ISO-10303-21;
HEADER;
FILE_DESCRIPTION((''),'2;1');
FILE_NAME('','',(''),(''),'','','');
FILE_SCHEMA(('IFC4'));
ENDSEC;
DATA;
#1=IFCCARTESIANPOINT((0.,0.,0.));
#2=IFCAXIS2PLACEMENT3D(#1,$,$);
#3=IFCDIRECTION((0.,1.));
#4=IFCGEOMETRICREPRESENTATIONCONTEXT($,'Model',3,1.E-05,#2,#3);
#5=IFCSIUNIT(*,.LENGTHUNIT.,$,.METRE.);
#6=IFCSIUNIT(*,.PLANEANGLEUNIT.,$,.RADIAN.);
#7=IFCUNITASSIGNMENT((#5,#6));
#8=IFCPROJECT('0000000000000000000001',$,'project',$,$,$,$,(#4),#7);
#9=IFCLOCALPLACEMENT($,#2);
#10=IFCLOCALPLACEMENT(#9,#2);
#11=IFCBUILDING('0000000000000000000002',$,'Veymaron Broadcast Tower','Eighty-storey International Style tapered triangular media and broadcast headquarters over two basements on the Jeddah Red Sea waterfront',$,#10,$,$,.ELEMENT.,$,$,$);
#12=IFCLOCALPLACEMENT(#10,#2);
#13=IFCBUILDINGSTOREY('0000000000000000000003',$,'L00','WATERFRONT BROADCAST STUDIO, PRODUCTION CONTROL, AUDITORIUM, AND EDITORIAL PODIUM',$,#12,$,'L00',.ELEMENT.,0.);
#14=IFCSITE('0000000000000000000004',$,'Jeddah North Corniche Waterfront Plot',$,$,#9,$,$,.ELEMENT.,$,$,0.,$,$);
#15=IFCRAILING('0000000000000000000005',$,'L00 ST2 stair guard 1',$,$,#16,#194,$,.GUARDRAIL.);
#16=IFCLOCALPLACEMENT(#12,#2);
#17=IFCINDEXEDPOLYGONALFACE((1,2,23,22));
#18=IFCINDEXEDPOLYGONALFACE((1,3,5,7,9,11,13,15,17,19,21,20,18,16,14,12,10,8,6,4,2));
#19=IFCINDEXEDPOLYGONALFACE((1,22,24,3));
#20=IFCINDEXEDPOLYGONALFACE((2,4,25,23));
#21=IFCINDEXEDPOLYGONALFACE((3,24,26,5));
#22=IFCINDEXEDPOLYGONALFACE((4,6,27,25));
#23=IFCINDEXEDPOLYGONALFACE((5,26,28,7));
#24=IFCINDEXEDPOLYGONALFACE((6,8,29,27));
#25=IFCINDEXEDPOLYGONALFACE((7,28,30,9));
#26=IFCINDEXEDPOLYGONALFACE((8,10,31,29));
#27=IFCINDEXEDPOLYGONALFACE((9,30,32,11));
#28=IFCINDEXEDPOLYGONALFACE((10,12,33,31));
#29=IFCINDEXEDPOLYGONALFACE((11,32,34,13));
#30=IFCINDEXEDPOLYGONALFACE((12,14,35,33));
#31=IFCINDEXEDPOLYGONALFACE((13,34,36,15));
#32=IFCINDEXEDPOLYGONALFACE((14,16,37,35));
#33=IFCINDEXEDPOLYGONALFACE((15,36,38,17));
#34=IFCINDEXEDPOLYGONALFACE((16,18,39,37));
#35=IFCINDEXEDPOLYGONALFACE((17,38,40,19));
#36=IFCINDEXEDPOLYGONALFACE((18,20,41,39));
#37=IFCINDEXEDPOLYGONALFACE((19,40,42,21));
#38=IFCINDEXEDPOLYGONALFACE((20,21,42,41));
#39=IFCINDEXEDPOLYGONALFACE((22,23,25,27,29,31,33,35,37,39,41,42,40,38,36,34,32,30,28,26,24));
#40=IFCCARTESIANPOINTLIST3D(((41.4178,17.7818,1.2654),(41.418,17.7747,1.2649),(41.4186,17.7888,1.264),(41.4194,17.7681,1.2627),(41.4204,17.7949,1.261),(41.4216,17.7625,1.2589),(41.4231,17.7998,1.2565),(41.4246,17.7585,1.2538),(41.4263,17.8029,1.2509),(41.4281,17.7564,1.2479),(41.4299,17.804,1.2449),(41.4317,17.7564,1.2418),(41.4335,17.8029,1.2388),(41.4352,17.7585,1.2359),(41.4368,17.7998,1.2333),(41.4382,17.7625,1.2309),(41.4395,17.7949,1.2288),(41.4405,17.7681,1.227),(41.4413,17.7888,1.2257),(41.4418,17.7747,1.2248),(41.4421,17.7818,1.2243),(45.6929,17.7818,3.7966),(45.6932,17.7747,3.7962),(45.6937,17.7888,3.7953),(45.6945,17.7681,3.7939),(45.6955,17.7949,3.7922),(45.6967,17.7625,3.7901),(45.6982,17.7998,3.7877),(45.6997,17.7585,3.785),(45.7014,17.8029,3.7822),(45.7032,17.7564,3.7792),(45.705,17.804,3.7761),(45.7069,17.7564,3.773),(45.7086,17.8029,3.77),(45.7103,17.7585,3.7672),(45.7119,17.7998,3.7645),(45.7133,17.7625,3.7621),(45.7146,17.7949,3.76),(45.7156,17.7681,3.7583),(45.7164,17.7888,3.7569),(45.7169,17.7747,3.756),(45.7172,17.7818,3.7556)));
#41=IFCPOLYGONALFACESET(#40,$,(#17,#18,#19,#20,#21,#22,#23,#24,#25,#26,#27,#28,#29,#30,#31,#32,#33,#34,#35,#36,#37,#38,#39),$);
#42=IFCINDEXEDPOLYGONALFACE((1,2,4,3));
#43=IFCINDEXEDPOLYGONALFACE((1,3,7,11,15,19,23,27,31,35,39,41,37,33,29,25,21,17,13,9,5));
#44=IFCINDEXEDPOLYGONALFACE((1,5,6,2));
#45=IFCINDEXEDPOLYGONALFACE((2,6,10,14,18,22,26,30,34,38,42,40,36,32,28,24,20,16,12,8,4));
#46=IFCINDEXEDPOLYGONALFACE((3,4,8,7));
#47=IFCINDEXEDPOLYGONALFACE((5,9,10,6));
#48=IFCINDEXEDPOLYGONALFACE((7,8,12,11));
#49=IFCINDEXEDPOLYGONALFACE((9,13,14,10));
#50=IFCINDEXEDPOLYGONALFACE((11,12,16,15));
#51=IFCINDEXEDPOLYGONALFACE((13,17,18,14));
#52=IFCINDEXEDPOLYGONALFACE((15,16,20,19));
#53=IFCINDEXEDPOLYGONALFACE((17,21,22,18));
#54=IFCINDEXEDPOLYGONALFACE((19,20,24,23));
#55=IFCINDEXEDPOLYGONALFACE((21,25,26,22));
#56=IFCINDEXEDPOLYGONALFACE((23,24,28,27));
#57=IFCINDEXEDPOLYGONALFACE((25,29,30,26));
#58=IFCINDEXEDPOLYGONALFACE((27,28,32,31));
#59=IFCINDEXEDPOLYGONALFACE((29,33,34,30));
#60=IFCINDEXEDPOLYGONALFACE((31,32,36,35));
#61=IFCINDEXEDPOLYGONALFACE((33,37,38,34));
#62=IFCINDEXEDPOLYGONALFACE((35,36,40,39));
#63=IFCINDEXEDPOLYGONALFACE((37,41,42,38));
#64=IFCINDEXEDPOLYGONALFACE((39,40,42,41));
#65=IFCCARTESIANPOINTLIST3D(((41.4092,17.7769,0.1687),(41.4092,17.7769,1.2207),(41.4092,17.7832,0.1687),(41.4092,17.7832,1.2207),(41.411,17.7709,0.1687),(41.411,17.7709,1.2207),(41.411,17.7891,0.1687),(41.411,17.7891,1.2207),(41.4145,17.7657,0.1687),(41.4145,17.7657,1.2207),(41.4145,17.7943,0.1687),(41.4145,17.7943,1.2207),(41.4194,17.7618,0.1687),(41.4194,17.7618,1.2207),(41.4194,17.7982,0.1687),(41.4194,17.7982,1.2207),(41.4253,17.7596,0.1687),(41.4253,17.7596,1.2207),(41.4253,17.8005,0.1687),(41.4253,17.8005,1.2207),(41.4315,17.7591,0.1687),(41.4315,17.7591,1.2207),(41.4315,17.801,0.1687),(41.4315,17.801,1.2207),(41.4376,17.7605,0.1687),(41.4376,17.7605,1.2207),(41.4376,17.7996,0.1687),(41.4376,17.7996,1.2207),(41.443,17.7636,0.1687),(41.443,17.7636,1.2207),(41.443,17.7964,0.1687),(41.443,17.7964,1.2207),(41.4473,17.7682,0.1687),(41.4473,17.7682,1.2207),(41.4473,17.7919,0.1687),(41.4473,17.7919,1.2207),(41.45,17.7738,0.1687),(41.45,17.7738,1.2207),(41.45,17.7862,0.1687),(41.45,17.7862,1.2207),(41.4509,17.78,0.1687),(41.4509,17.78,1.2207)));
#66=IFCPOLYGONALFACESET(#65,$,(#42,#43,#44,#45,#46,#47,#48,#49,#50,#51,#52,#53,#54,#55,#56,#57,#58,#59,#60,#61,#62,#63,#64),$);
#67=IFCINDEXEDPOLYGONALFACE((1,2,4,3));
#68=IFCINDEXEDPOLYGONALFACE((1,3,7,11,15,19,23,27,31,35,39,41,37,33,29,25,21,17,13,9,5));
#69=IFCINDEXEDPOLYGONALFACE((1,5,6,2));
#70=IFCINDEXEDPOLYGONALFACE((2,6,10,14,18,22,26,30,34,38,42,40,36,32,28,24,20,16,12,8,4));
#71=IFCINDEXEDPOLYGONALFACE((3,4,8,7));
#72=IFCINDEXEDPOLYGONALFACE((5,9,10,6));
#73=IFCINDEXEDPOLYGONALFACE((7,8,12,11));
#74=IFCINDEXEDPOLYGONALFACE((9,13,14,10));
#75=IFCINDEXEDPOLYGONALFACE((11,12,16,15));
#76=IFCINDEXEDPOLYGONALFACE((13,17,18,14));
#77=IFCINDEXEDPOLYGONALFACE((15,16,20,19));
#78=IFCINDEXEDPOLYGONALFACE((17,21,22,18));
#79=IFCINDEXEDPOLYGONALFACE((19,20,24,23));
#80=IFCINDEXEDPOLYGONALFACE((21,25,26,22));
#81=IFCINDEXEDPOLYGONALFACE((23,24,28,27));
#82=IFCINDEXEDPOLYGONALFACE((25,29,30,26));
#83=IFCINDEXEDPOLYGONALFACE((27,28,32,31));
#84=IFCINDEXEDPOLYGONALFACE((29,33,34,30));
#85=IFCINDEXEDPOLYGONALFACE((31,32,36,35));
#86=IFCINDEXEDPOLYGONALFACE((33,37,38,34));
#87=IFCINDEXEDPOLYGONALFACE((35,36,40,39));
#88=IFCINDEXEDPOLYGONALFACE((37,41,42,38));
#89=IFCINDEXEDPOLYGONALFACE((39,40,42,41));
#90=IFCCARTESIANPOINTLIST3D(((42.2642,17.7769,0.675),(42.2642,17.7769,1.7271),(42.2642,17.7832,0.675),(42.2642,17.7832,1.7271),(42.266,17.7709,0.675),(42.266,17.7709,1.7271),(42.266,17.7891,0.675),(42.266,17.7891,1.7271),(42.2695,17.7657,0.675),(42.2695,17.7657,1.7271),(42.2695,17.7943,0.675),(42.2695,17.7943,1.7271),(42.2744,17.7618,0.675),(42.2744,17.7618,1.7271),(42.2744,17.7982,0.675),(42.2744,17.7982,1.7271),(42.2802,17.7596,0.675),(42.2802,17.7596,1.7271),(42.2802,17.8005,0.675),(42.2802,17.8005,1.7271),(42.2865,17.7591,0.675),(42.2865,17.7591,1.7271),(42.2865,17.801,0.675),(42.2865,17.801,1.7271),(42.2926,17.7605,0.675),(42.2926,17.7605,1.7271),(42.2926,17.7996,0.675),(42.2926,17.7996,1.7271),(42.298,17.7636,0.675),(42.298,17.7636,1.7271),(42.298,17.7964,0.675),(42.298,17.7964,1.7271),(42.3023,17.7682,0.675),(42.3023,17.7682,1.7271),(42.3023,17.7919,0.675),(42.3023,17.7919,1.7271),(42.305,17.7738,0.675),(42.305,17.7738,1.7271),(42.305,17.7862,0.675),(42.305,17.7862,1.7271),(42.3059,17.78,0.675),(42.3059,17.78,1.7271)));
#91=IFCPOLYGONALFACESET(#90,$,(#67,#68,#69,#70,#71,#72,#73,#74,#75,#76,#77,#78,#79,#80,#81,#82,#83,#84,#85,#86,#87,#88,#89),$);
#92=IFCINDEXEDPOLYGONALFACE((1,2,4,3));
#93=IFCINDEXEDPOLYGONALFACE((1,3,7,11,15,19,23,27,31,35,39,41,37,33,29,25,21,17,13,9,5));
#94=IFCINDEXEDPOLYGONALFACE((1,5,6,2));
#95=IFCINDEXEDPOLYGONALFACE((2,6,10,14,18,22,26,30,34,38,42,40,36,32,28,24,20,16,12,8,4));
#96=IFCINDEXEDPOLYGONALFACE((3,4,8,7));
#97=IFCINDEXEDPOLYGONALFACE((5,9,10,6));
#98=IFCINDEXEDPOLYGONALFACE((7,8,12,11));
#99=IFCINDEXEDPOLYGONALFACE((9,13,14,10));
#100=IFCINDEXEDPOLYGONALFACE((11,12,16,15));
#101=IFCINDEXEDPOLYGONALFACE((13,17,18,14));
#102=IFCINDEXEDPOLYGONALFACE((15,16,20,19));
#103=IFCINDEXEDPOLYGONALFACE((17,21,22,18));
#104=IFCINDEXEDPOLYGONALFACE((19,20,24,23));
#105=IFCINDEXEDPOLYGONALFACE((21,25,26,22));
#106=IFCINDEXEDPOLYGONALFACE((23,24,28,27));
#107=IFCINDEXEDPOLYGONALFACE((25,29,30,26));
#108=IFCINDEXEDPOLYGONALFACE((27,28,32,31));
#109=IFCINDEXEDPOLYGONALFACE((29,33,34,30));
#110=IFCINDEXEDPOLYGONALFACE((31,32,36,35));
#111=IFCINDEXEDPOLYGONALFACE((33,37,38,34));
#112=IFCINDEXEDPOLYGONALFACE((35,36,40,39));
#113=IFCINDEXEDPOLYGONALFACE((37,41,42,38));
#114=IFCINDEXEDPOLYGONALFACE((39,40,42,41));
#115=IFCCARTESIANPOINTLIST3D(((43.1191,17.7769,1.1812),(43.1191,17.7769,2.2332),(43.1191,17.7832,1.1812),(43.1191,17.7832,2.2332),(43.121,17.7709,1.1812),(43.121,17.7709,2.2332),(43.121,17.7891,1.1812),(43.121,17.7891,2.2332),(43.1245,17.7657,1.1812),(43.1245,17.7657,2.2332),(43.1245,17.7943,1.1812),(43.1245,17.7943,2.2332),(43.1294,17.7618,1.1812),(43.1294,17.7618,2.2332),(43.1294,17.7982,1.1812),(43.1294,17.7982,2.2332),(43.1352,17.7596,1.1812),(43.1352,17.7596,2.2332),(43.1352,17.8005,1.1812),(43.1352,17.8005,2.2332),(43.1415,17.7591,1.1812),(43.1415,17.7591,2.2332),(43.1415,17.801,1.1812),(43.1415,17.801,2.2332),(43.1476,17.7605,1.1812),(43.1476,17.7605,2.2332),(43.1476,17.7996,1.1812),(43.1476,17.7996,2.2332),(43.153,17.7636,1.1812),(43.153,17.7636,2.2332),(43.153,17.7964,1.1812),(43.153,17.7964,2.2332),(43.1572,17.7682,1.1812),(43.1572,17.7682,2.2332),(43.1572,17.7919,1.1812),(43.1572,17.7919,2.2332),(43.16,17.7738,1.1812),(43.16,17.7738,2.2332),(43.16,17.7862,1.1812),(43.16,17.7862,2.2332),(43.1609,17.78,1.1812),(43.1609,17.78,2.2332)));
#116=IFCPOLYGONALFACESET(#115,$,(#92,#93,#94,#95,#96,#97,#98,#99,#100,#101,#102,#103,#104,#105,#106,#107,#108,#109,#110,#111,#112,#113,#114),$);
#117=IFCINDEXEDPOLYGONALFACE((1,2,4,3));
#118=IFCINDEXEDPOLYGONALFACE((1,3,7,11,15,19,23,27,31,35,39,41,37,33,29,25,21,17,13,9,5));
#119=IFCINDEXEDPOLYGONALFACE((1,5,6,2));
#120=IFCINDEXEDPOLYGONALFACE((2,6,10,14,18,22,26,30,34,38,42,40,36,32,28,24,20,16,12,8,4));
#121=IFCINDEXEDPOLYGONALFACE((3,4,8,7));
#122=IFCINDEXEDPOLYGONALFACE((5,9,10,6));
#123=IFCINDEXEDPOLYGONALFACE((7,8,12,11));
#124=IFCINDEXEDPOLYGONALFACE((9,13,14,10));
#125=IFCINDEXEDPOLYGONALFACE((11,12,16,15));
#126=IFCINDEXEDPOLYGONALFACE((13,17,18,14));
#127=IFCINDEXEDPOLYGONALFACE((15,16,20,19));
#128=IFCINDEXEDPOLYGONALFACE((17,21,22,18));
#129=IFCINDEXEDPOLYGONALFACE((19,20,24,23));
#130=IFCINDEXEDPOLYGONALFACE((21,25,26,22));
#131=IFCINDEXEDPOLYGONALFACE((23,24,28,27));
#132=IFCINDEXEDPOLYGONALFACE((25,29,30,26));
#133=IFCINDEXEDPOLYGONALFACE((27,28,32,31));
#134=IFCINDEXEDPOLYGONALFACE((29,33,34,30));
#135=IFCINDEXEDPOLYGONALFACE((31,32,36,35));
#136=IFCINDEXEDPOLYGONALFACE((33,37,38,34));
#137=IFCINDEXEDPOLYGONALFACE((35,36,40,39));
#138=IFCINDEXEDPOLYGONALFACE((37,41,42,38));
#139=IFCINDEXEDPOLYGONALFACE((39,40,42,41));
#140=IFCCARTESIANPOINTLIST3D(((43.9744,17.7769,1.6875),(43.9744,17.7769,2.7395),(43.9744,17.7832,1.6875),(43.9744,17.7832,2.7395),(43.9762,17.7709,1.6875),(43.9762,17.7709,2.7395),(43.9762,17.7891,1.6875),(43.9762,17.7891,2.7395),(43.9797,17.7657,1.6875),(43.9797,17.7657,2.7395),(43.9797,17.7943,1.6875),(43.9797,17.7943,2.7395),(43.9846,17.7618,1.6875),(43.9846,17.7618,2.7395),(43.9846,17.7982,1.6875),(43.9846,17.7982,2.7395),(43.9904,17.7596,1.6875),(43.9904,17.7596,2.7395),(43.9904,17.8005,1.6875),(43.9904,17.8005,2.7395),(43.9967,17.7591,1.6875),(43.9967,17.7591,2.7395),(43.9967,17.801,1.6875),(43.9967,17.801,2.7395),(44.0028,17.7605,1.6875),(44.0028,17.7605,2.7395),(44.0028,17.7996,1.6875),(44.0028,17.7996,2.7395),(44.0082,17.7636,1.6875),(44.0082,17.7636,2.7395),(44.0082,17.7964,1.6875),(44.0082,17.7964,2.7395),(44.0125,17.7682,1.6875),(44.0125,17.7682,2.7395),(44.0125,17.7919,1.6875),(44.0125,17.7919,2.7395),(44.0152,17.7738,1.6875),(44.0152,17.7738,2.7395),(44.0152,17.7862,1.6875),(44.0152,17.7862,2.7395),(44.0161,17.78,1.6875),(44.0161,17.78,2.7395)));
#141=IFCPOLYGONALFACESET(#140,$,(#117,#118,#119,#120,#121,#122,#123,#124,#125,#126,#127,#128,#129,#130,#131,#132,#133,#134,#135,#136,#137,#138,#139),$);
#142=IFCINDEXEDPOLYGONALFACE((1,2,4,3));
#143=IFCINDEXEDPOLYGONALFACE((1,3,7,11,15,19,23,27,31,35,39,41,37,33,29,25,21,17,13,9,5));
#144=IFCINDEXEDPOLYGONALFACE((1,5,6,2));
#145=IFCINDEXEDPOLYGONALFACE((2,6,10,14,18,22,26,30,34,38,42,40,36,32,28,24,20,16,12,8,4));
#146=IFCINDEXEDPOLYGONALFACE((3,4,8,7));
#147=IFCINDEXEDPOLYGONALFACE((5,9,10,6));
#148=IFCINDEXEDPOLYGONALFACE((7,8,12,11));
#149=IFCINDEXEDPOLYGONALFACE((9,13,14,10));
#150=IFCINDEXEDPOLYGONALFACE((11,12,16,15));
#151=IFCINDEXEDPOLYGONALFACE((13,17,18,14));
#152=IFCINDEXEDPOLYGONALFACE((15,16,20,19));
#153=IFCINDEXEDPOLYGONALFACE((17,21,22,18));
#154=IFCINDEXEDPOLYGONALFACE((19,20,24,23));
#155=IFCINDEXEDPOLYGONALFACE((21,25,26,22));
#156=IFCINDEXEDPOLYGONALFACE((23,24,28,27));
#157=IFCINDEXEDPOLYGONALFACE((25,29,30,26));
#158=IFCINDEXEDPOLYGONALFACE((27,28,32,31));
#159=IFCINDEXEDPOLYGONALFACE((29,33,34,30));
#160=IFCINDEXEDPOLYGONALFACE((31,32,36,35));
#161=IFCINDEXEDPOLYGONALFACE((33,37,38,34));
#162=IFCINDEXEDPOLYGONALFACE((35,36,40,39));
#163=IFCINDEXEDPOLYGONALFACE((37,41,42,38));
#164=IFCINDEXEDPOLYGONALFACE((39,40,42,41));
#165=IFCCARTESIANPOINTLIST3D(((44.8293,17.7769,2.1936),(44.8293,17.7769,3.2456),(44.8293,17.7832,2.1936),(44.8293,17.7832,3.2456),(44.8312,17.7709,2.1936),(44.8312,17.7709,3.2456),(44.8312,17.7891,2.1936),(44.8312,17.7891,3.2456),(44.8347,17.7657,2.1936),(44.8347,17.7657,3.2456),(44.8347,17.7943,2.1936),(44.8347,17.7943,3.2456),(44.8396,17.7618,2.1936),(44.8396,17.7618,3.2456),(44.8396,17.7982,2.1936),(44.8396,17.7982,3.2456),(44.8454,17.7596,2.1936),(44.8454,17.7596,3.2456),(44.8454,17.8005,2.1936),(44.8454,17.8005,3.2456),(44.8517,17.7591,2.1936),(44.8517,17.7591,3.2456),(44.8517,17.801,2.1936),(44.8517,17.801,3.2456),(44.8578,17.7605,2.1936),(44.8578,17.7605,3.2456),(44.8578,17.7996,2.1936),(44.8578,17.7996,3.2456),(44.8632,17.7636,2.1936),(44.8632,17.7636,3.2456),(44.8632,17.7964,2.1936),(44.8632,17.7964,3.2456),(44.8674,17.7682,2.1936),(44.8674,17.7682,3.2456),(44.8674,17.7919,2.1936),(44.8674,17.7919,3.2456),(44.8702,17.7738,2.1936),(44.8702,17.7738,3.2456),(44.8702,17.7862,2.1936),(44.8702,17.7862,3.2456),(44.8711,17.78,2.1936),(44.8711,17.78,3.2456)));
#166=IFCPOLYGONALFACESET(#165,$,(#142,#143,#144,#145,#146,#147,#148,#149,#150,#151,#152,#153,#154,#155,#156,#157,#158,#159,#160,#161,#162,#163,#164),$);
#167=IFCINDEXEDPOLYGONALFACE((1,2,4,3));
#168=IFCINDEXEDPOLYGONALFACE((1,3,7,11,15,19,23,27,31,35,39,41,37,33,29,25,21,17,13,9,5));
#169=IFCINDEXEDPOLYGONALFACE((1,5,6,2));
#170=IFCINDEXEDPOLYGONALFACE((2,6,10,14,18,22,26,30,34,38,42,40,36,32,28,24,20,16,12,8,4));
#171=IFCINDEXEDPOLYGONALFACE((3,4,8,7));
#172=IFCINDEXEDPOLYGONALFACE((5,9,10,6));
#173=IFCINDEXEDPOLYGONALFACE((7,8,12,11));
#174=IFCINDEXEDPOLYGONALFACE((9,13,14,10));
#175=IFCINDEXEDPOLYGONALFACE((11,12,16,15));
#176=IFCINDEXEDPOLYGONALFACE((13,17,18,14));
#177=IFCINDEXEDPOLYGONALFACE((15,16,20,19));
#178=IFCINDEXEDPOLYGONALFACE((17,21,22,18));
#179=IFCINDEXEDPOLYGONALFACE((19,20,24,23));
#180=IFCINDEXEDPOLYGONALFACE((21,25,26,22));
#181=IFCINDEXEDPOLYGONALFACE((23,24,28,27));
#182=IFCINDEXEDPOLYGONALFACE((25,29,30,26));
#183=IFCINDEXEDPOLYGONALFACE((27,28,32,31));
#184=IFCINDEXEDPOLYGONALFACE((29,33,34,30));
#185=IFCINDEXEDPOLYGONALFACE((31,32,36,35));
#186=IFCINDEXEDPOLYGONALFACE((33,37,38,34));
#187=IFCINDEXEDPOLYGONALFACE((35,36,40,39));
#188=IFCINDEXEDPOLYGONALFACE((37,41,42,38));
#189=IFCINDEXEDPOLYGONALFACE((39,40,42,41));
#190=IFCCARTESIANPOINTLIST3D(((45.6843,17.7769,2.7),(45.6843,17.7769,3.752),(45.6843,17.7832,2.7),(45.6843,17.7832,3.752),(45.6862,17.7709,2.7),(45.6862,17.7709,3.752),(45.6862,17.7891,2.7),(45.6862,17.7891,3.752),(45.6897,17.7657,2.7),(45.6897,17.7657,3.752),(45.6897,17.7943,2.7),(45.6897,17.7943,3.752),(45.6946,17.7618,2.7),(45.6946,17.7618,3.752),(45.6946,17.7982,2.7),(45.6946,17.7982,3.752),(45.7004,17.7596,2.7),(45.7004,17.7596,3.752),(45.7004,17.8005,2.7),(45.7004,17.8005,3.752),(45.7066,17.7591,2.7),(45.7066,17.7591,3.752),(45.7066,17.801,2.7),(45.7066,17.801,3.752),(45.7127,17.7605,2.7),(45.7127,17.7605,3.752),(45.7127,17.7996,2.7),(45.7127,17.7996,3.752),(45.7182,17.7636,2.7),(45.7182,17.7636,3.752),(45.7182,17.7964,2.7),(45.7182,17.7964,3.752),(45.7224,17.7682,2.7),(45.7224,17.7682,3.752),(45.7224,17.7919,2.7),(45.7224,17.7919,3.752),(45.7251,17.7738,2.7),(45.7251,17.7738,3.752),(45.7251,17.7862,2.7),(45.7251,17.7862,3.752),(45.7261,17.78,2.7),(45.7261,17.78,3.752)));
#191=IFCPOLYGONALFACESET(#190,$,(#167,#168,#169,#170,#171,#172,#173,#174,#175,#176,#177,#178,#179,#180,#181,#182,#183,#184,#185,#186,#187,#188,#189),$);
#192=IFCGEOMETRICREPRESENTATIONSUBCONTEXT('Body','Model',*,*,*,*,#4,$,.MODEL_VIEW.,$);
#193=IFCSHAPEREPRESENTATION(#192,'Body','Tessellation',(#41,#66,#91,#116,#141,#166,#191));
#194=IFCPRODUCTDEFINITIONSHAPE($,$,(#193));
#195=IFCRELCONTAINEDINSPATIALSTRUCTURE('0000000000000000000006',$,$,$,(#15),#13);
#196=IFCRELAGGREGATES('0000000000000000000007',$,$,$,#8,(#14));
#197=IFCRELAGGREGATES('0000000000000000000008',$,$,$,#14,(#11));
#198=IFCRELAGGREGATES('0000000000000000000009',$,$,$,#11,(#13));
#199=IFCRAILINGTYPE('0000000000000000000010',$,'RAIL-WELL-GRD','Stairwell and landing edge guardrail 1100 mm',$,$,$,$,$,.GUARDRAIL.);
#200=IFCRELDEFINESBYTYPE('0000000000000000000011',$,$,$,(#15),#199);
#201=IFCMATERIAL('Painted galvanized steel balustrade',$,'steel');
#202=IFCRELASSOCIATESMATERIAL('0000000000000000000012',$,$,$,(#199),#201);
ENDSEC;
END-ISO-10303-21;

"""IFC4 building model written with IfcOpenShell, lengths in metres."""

from ifc_helpers import new_model, si_unit, direction, frame, origin, origin_2d, place, context, subcontext, project, spatial, circle, extrude, material, type_object, element, save


model = new_model("IFC4")

# Units and contexts
model_context = context("Model", 3, precision=1e-05, world=origin(), true_north=direction((0.0, 1.0)))
body_context = subcontext(model_context, "Body", "Model", "MODEL_VIEW")
ifc_project = project(units=[si_unit("LENGTHUNIT", "METRE"), si_unit("PLANEANGLEUNIT", "RADIAN")], contexts=[model_context])

# Site, building, storey
site_placement = place(None, origin())
site = spatial("IfcSite", under=ifc_project, at=site_placement, Name="Jeddah North Corniche Waterfront Plot", CompositionType="ELEMENT", RefElevation=0.0)
building_placement = place(site_placement, origin())
building = spatial("IfcBuilding", under=site, at=building_placement, Name="Veymaron Broadcast Tower", Description="Eighty-storey International Style tapered triangular media and broadcast headquarters over two basements on the Jeddah Red Sea waterfront", CompositionType="ELEMENT")
storey_placement = place(building_placement, origin())
storey = spatial("IfcBuildingStorey", under=building, at=storey_placement, Name="L00", Description="WATERFRONT BROADCAST STUDIO, PRODUCTION CONTROL, AUDITORIUM, AND EDITORIAL PODIUM", LongName="L00", CompositionType="ELEMENT", Elevation=0.0)

# Railing
ifc_material_1 = material(Name="Painted galvanized steel balustrade", Category="steel")
railing_type_1 = type_object("IfcRailingType", Name="RAIL-WELL-GRD", Description="Stairwell and landing edge guardrail 1100 mm", PredefinedType="GUARDRAIL", material=ifc_material_1)
railing_1_placement = place(storey_placement, frame((41.4299, 17.78, 0.1687)))
element("IfcRailing", 1, at=railing_1_placement, inside=storey, type_object=railing_type_1, Name="L00 ST2 stair guard 1", PredefinedType="GUARDRAIL", context=body_context, shape_type="SweptSolid", body=[
    extrude(circle(Radius=0.0239, at=origin_2d()), frame((0.0, 0.0, 1.0762), z_axis=(0.860483, 0.0, 0.509479), x_axis=(0.0, 1.0, 0.0)), (0.0, 0.0, 1.0), 4.9683),
    extrude(circle(Radius=0.021, at=origin_2d()), origin(), (0.0, 0.0, 1.0), 1.052),
    extrude(circle(Radius=0.021, at=origin_2d()), frame((0.855, 0.0, 0.5063)), (0.0, 0.0, 1.0), 1.052),
    extrude(circle(Radius=0.021, at=origin_2d()), frame((1.71, 0.0, 1.0125)), (0.0, 0.0, 1.0), 1.052),
    extrude(circle(Radius=0.021, at=origin_2d()), frame((2.5652, 0.0, 1.5188)), (0.0, 0.0, 1.0), 1.052),
    extrude(circle(Radius=0.021, at=origin_2d()), frame((3.4202, 0.0, 2.0249)), (0.0, 0.0, 1.0), 1.052),
    extrude(circle(Radius=0.021, at=origin_2d()), frame((4.2751, 0.0, 2.5312)), (0.0, 0.0, 1.0), 1.052),
])

save(model, "model.ifc")
